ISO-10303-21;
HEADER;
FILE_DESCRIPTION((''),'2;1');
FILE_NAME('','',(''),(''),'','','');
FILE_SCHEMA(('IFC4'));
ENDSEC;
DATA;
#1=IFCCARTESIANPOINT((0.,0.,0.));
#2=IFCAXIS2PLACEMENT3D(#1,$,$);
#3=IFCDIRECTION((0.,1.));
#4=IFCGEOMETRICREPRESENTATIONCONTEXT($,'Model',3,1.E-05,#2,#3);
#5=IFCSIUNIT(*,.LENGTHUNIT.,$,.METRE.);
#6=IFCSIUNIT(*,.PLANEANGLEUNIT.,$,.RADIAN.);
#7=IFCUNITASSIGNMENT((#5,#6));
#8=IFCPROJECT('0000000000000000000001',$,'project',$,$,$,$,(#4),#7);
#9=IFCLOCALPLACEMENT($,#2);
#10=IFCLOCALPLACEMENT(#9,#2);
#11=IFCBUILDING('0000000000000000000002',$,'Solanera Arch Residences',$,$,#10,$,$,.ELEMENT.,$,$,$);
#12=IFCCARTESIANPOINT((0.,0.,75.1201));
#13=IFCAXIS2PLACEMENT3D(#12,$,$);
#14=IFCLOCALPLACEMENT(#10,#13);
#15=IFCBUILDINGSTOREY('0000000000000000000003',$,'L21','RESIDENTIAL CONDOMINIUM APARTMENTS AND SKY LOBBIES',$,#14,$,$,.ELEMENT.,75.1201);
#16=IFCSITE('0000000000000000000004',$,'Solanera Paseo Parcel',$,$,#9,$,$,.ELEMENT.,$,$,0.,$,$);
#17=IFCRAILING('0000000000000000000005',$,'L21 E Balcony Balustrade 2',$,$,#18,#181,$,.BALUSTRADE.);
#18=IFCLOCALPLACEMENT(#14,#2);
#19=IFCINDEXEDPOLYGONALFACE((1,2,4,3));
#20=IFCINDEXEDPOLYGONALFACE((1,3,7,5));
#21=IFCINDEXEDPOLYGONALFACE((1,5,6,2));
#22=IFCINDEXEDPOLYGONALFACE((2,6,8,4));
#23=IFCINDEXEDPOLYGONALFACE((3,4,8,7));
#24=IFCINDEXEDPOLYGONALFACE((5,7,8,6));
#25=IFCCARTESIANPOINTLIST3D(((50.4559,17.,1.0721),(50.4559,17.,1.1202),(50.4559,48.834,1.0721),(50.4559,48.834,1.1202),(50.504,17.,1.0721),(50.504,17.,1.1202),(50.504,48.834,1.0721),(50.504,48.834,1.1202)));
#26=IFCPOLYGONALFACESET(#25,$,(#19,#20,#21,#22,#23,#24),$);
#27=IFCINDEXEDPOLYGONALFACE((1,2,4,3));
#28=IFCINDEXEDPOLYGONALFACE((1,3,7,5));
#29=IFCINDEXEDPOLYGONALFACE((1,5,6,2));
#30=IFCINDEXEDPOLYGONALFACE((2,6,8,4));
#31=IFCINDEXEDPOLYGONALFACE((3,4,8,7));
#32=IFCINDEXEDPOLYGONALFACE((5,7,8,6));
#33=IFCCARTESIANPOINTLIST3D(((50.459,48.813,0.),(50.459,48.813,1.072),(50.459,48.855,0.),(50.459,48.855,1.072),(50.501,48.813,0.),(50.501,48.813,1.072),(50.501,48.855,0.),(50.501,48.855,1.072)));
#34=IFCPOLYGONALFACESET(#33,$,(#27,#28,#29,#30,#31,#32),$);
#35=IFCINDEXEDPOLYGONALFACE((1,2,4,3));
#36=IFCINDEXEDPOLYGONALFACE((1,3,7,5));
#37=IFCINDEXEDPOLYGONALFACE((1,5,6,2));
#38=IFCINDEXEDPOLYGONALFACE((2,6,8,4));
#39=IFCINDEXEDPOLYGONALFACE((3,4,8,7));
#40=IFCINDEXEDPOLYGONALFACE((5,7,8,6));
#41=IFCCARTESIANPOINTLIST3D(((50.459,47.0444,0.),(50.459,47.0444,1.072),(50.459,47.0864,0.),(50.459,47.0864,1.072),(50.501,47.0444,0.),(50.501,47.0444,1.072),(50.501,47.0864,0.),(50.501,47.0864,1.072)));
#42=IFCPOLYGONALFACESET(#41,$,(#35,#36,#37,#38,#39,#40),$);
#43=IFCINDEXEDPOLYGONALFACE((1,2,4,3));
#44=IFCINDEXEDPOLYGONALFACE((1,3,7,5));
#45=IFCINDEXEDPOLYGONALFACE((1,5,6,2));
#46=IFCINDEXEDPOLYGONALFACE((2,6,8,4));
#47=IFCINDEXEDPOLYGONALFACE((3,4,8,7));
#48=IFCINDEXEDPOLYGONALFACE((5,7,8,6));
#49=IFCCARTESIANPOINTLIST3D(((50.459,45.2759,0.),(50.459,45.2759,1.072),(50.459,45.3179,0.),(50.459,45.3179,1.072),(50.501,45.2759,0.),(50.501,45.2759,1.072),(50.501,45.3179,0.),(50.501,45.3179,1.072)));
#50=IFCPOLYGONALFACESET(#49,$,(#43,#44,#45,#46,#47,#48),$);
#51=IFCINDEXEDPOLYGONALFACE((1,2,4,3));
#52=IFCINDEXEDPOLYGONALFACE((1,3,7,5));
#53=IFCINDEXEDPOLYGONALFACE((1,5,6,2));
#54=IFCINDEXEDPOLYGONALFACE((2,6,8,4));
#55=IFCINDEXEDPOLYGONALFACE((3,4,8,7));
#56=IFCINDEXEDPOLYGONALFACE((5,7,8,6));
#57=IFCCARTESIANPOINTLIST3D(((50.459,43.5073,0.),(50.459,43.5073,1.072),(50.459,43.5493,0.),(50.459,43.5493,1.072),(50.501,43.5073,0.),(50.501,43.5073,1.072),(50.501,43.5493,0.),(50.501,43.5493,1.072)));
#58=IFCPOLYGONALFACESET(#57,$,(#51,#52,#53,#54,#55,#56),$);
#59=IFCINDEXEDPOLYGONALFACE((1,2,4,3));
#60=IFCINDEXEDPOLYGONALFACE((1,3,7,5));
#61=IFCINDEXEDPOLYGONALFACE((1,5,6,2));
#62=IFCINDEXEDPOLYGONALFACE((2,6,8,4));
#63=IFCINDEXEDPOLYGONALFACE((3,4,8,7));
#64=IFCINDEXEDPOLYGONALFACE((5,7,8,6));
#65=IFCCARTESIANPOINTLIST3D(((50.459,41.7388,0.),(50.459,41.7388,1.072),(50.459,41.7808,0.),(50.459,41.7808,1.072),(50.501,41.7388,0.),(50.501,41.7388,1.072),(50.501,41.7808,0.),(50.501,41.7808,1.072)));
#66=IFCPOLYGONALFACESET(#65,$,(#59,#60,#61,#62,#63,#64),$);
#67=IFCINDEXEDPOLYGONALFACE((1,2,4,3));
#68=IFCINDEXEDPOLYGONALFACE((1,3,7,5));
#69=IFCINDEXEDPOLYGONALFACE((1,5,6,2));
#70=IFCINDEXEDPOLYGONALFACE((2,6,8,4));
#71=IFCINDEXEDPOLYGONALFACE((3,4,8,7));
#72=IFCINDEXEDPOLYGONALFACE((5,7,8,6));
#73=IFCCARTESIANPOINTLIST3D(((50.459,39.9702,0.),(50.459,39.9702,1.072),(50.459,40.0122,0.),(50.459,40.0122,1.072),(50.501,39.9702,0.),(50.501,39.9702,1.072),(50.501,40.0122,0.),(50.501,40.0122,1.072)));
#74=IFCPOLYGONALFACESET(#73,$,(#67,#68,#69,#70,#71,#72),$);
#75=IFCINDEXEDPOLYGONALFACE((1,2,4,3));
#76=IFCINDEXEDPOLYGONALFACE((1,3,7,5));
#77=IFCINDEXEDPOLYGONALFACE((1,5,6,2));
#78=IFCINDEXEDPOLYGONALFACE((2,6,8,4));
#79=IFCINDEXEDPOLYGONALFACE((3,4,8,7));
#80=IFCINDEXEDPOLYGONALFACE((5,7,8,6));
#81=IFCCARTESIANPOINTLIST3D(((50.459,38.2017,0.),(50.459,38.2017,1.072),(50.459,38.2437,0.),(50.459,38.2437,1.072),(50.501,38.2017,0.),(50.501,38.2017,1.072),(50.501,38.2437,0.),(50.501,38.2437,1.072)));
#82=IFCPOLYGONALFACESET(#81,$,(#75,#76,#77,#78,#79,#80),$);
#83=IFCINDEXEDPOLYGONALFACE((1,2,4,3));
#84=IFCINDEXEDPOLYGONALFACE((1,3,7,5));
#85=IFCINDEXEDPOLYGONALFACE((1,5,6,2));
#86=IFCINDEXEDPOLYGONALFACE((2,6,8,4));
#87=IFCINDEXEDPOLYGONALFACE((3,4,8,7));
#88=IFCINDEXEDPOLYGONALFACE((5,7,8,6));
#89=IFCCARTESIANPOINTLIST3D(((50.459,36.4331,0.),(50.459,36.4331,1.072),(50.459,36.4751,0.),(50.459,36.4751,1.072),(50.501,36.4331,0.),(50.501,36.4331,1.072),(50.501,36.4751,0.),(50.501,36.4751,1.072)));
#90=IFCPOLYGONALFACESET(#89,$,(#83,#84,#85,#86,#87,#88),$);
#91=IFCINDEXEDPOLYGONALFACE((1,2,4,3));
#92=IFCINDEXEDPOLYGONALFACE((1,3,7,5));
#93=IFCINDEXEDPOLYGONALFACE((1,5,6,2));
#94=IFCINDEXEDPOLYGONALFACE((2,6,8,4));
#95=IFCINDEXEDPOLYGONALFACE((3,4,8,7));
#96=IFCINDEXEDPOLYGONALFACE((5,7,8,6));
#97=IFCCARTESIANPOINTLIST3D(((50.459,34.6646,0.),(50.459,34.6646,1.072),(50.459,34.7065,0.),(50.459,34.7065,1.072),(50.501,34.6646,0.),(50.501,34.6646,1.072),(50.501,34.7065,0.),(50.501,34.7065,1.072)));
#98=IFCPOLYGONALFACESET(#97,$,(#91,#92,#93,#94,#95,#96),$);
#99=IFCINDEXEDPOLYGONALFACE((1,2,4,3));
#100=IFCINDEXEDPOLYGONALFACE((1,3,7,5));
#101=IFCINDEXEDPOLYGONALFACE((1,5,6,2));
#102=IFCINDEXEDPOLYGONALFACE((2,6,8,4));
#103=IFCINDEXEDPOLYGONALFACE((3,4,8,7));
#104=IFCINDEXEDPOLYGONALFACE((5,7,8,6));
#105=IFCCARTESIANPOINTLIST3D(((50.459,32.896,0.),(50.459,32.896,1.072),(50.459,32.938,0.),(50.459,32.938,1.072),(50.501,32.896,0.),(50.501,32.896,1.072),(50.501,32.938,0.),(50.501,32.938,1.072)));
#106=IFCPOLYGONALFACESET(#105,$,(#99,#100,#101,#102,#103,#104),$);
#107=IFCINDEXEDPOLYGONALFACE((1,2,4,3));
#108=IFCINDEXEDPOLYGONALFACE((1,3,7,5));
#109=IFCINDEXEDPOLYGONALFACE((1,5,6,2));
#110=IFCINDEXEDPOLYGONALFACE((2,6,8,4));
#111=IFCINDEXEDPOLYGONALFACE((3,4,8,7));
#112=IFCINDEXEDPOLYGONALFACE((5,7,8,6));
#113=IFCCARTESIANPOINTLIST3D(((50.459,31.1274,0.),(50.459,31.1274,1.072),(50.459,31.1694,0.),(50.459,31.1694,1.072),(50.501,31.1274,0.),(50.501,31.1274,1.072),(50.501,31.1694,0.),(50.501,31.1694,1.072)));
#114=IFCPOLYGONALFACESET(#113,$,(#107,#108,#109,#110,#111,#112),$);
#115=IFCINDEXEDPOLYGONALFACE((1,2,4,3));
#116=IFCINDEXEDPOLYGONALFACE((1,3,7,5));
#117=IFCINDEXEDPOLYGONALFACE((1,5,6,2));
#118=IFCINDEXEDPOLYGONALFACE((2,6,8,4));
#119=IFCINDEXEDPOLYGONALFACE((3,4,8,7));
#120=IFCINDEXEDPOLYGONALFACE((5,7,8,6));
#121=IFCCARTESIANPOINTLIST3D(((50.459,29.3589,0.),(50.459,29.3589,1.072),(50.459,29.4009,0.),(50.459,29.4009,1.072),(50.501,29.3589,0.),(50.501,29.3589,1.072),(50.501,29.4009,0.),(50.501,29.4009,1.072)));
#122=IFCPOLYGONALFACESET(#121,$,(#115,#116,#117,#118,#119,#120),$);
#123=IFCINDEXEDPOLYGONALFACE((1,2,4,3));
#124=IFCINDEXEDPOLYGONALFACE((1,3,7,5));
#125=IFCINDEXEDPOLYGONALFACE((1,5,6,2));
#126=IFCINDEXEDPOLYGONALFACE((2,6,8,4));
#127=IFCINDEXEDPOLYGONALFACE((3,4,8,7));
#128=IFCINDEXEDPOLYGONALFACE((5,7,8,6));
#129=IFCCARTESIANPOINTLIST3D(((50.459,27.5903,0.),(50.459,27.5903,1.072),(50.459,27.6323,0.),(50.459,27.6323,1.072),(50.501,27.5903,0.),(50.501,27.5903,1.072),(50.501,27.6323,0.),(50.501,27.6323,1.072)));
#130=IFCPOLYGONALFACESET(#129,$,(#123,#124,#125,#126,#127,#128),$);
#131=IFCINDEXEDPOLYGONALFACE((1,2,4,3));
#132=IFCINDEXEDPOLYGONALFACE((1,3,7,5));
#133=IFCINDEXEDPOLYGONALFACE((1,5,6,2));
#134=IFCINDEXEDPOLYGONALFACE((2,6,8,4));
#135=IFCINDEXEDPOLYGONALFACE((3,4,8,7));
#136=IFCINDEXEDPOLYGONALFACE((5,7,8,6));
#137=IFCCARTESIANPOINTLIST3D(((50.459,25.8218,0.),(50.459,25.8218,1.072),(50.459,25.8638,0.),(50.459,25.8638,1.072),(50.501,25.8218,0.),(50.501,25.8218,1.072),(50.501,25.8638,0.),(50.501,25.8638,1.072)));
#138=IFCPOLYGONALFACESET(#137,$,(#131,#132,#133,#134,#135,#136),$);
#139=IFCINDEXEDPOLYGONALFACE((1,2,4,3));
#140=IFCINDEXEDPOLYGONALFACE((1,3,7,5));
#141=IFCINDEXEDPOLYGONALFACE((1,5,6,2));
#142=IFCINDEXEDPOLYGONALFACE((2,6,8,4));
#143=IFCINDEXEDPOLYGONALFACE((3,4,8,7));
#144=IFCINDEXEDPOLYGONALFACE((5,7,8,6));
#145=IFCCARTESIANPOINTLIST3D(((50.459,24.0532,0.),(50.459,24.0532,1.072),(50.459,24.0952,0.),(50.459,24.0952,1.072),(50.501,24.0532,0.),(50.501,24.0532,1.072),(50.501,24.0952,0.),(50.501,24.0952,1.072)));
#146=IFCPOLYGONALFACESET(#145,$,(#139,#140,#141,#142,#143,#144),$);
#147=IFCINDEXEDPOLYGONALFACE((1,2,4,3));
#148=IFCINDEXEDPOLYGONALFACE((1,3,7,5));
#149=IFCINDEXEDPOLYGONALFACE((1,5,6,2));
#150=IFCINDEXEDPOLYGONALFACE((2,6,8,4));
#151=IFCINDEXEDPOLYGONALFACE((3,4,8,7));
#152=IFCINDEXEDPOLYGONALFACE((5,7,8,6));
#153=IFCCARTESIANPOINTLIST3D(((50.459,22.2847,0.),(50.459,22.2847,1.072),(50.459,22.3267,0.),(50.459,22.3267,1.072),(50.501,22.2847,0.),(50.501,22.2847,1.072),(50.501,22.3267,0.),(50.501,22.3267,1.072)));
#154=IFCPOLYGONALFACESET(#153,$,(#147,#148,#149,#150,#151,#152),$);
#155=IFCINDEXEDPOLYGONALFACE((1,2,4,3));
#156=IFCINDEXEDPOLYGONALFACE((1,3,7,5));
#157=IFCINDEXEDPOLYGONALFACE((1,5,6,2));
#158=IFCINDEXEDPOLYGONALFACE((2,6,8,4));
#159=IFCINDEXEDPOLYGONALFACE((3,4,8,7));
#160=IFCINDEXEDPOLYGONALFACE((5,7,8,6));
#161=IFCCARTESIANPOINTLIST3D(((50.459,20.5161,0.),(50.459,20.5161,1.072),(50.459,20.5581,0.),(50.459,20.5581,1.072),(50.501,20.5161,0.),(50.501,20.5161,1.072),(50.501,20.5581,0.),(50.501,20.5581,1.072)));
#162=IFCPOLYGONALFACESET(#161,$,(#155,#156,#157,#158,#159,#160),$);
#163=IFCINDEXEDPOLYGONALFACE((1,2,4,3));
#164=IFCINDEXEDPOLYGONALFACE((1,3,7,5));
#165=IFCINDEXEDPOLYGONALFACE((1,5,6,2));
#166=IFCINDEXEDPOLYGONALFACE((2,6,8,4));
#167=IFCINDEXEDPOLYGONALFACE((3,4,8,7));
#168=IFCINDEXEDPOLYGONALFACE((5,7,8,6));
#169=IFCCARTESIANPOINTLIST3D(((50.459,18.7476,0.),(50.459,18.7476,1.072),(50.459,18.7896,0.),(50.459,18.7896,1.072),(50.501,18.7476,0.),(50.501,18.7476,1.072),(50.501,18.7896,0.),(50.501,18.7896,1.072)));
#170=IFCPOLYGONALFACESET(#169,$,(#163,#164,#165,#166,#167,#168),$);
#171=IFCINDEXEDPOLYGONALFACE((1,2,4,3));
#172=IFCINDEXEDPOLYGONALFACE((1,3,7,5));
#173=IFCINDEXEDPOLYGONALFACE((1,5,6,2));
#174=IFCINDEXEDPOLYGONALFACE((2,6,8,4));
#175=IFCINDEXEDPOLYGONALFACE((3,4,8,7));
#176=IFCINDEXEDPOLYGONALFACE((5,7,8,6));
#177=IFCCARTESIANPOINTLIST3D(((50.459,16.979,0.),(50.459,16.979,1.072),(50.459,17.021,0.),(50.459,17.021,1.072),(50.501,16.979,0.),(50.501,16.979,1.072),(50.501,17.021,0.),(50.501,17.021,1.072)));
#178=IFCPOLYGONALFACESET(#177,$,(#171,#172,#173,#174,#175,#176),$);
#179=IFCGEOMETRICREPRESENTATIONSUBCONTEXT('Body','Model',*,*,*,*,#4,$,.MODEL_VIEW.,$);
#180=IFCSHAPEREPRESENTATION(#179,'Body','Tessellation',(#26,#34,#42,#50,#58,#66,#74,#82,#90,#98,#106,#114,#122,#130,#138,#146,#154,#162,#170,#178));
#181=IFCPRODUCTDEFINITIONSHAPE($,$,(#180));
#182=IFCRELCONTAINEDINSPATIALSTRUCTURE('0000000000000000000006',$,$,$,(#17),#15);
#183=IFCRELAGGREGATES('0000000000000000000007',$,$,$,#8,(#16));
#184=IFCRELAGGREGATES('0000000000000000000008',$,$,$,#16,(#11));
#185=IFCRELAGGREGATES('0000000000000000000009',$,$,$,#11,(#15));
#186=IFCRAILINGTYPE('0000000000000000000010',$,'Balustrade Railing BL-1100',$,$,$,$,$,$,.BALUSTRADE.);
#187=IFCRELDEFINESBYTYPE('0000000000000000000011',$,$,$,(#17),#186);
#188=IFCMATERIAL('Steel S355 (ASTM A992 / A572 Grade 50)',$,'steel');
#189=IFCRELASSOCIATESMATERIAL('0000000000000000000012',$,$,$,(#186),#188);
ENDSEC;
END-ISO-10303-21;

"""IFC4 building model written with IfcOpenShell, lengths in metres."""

from ifc_helpers import new_model, si_unit, direction, frame, origin, origin_2d, place, context, subcontext, project, spatial, rectangle, extrude, material, type_object, element, save


model = new_model("IFC4")

# Units and contexts
model_context = context("Model", 3, precision=1e-05, world=origin(), true_north=direction((0.0, 1.0)))
body_context = subcontext(model_context, "Body", "Model", "MODEL_VIEW")
ifc_project = project(units=[si_unit("LENGTHUNIT", "METRE"), si_unit("PLANEANGLEUNIT", "RADIAN")], contexts=[model_context])

# Site, building, storey
site_placement = place(None, origin())
site = spatial("IfcSite", under=ifc_project, at=site_placement, Name="Solanera Paseo Parcel", CompositionType="ELEMENT", RefElevation=0.0)
building_placement = place(site_placement, origin())
building = spatial("IfcBuilding", under=site, at=building_placement, Name="Solanera Arch Residences", CompositionType="ELEMENT")
storey_placement = place(building_placement, frame((0.0, 0.0, 75.1201)))
storey = spatial("IfcBuildingStorey", under=building, at=storey_placement, Name="L21", Description="RESIDENTIAL CONDOMINIUM APARTMENTS AND SKY LOBBIES", CompositionType="ELEMENT", Elevation=75.1201)

# Railing
ifc_material_1 = material(Name="Steel S355 (ASTM A992 / A572 Grade 50)", Category="steel")
railing_type = type_object("IfcRailingType", Name="Balustrade Railing BL-1100", PredefinedType="BALUSTRADE", material=ifc_material_1)
railing_1_placement = place(storey_placement, frame((50.48, 48.834, 0.0)))
element("IfcRailing", 1, at=railing_1_placement, inside=storey, type_object=railing_type, Name="L21 E Balcony Balustrade 2", PredefinedType="BALUSTRADE", context=body_context, shape_type="SweptSolid", body=[
    extrude(rectangle(XDim=0.0481, YDim=0.0481, at=origin_2d()), frame((0.0, 0.0, 1.0962), z_axis=(0.0, -1.0, 0.0), x_axis=(1.0, 0.0, 0.0)), (0.0, 0.0, 1.0), 31.834),
    extrude(rectangle(XDim=0.042, YDim=0.042, at=origin_2d()), origin(), (0.0, 0.0, 1.0), 1.072),
    extrude(rectangle(XDim=0.042, YDim=0.042, at=origin_2d()), frame((0.0, -1.7686, 0.0)), (0.0, 0.0, 1.0), 1.072),
    extrude(rectangle(XDim=0.042, YDim=0.042, at=origin_2d()), frame((0.0, -3.5371, 0.0)), (0.0, 0.0, 1.0), 1.072),
    extrude(rectangle(XDim=0.042, YDim=0.042, at=origin_2d()), frame((0.0, -5.3057, 0.0)), (0.0, 0.0, 1.0), 1.072),
    extrude(rectangle(XDim=0.042, YDim=0.042, at=origin_2d()), frame((0.0, -7.0742, 0.0)), (0.0, 0.0, 1.0), 1.072),
    extrude(rectangle(XDim=0.042, YDim=0.042, at=origin_2d()), frame((0.0, -8.8428, 0.0)), (0.0, 0.0, 1.0), 1.072),
    extrude(rectangle(XDim=0.042, YDim=0.042, at=origin_2d()), frame((0.0, -10.6113, 0.0)), (0.0, 0.0, 1.0), 1.072),
    extrude(rectangle(XDim=0.042, YDim=0.042, at=origin_2d()), frame((0.0, -12.3799, 0.0)), (0.0, 0.0, 1.0), 1.072),
    extrude(rectangle(XDim=0.042, YDim=0.042, at=origin_2d()), frame((0.0, -14.1484, 0.0)), (0.0, 0.0, 1.0), 1.072),
    extrude(rectangle(XDim=0.042, YDim=0.042, at=origin_2d()), frame((0.0, -15.917, 0.0)), (0.0, 0.0, 1.0), 1.072),
    extrude(rectangle(XDim=0.042, YDim=0.042, at=origin_2d()), frame((0.0, -17.6855, 0.0)), (0.0, 0.0, 1.0), 1.072),
    extrude(rectangle(XDim=0.042, YDim=0.042, at=origin_2d()), frame((0.0, -19.4541, 0.0)), (0.0, 0.0, 1.0), 1.072),
    extrude(rectangle(XDim=0.042, YDim=0.042, at=origin_2d()), frame((0.0, -21.2227, 0.0)), (0.0, 0.0, 1.0), 1.072),
    extrude(rectangle(XDim=0.042, YDim=0.042, at=origin_2d()), frame((0.0, -22.9912, 0.0)), (0.0, 0.0, 1.0), 1.072),
    extrude(rectangle(XDim=0.042, YDim=0.042, at=origin_2d()), frame((0.0, -24.7598, 0.0)), (0.0, 0.0, 1.0), 1.072),
    extrude(rectangle(XDim=0.042, YDim=0.042, at=origin_2d()), frame((0.0, -26.5283, 0.0)), (0.0, 0.0, 1.0), 1.072),
    extrude(rectangle(XDim=0.042, YDim=0.042, at=origin_2d()), frame((0.0, -28.2969, 0.0)), (0.0, 0.0, 1.0), 1.072),
    extrude(rectangle(XDim=0.042, YDim=0.042, at=origin_2d()), frame((0.0, -30.0654, 0.0)), (0.0, 0.0, 1.0), 1.072),
    extrude(rectangle(XDim=0.042, YDim=0.042, at=origin_2d()), frame((0.0, -31.834, 0.0)), (0.0, 0.0, 1.0), 1.072),
])

save(model, "model.ifc")
